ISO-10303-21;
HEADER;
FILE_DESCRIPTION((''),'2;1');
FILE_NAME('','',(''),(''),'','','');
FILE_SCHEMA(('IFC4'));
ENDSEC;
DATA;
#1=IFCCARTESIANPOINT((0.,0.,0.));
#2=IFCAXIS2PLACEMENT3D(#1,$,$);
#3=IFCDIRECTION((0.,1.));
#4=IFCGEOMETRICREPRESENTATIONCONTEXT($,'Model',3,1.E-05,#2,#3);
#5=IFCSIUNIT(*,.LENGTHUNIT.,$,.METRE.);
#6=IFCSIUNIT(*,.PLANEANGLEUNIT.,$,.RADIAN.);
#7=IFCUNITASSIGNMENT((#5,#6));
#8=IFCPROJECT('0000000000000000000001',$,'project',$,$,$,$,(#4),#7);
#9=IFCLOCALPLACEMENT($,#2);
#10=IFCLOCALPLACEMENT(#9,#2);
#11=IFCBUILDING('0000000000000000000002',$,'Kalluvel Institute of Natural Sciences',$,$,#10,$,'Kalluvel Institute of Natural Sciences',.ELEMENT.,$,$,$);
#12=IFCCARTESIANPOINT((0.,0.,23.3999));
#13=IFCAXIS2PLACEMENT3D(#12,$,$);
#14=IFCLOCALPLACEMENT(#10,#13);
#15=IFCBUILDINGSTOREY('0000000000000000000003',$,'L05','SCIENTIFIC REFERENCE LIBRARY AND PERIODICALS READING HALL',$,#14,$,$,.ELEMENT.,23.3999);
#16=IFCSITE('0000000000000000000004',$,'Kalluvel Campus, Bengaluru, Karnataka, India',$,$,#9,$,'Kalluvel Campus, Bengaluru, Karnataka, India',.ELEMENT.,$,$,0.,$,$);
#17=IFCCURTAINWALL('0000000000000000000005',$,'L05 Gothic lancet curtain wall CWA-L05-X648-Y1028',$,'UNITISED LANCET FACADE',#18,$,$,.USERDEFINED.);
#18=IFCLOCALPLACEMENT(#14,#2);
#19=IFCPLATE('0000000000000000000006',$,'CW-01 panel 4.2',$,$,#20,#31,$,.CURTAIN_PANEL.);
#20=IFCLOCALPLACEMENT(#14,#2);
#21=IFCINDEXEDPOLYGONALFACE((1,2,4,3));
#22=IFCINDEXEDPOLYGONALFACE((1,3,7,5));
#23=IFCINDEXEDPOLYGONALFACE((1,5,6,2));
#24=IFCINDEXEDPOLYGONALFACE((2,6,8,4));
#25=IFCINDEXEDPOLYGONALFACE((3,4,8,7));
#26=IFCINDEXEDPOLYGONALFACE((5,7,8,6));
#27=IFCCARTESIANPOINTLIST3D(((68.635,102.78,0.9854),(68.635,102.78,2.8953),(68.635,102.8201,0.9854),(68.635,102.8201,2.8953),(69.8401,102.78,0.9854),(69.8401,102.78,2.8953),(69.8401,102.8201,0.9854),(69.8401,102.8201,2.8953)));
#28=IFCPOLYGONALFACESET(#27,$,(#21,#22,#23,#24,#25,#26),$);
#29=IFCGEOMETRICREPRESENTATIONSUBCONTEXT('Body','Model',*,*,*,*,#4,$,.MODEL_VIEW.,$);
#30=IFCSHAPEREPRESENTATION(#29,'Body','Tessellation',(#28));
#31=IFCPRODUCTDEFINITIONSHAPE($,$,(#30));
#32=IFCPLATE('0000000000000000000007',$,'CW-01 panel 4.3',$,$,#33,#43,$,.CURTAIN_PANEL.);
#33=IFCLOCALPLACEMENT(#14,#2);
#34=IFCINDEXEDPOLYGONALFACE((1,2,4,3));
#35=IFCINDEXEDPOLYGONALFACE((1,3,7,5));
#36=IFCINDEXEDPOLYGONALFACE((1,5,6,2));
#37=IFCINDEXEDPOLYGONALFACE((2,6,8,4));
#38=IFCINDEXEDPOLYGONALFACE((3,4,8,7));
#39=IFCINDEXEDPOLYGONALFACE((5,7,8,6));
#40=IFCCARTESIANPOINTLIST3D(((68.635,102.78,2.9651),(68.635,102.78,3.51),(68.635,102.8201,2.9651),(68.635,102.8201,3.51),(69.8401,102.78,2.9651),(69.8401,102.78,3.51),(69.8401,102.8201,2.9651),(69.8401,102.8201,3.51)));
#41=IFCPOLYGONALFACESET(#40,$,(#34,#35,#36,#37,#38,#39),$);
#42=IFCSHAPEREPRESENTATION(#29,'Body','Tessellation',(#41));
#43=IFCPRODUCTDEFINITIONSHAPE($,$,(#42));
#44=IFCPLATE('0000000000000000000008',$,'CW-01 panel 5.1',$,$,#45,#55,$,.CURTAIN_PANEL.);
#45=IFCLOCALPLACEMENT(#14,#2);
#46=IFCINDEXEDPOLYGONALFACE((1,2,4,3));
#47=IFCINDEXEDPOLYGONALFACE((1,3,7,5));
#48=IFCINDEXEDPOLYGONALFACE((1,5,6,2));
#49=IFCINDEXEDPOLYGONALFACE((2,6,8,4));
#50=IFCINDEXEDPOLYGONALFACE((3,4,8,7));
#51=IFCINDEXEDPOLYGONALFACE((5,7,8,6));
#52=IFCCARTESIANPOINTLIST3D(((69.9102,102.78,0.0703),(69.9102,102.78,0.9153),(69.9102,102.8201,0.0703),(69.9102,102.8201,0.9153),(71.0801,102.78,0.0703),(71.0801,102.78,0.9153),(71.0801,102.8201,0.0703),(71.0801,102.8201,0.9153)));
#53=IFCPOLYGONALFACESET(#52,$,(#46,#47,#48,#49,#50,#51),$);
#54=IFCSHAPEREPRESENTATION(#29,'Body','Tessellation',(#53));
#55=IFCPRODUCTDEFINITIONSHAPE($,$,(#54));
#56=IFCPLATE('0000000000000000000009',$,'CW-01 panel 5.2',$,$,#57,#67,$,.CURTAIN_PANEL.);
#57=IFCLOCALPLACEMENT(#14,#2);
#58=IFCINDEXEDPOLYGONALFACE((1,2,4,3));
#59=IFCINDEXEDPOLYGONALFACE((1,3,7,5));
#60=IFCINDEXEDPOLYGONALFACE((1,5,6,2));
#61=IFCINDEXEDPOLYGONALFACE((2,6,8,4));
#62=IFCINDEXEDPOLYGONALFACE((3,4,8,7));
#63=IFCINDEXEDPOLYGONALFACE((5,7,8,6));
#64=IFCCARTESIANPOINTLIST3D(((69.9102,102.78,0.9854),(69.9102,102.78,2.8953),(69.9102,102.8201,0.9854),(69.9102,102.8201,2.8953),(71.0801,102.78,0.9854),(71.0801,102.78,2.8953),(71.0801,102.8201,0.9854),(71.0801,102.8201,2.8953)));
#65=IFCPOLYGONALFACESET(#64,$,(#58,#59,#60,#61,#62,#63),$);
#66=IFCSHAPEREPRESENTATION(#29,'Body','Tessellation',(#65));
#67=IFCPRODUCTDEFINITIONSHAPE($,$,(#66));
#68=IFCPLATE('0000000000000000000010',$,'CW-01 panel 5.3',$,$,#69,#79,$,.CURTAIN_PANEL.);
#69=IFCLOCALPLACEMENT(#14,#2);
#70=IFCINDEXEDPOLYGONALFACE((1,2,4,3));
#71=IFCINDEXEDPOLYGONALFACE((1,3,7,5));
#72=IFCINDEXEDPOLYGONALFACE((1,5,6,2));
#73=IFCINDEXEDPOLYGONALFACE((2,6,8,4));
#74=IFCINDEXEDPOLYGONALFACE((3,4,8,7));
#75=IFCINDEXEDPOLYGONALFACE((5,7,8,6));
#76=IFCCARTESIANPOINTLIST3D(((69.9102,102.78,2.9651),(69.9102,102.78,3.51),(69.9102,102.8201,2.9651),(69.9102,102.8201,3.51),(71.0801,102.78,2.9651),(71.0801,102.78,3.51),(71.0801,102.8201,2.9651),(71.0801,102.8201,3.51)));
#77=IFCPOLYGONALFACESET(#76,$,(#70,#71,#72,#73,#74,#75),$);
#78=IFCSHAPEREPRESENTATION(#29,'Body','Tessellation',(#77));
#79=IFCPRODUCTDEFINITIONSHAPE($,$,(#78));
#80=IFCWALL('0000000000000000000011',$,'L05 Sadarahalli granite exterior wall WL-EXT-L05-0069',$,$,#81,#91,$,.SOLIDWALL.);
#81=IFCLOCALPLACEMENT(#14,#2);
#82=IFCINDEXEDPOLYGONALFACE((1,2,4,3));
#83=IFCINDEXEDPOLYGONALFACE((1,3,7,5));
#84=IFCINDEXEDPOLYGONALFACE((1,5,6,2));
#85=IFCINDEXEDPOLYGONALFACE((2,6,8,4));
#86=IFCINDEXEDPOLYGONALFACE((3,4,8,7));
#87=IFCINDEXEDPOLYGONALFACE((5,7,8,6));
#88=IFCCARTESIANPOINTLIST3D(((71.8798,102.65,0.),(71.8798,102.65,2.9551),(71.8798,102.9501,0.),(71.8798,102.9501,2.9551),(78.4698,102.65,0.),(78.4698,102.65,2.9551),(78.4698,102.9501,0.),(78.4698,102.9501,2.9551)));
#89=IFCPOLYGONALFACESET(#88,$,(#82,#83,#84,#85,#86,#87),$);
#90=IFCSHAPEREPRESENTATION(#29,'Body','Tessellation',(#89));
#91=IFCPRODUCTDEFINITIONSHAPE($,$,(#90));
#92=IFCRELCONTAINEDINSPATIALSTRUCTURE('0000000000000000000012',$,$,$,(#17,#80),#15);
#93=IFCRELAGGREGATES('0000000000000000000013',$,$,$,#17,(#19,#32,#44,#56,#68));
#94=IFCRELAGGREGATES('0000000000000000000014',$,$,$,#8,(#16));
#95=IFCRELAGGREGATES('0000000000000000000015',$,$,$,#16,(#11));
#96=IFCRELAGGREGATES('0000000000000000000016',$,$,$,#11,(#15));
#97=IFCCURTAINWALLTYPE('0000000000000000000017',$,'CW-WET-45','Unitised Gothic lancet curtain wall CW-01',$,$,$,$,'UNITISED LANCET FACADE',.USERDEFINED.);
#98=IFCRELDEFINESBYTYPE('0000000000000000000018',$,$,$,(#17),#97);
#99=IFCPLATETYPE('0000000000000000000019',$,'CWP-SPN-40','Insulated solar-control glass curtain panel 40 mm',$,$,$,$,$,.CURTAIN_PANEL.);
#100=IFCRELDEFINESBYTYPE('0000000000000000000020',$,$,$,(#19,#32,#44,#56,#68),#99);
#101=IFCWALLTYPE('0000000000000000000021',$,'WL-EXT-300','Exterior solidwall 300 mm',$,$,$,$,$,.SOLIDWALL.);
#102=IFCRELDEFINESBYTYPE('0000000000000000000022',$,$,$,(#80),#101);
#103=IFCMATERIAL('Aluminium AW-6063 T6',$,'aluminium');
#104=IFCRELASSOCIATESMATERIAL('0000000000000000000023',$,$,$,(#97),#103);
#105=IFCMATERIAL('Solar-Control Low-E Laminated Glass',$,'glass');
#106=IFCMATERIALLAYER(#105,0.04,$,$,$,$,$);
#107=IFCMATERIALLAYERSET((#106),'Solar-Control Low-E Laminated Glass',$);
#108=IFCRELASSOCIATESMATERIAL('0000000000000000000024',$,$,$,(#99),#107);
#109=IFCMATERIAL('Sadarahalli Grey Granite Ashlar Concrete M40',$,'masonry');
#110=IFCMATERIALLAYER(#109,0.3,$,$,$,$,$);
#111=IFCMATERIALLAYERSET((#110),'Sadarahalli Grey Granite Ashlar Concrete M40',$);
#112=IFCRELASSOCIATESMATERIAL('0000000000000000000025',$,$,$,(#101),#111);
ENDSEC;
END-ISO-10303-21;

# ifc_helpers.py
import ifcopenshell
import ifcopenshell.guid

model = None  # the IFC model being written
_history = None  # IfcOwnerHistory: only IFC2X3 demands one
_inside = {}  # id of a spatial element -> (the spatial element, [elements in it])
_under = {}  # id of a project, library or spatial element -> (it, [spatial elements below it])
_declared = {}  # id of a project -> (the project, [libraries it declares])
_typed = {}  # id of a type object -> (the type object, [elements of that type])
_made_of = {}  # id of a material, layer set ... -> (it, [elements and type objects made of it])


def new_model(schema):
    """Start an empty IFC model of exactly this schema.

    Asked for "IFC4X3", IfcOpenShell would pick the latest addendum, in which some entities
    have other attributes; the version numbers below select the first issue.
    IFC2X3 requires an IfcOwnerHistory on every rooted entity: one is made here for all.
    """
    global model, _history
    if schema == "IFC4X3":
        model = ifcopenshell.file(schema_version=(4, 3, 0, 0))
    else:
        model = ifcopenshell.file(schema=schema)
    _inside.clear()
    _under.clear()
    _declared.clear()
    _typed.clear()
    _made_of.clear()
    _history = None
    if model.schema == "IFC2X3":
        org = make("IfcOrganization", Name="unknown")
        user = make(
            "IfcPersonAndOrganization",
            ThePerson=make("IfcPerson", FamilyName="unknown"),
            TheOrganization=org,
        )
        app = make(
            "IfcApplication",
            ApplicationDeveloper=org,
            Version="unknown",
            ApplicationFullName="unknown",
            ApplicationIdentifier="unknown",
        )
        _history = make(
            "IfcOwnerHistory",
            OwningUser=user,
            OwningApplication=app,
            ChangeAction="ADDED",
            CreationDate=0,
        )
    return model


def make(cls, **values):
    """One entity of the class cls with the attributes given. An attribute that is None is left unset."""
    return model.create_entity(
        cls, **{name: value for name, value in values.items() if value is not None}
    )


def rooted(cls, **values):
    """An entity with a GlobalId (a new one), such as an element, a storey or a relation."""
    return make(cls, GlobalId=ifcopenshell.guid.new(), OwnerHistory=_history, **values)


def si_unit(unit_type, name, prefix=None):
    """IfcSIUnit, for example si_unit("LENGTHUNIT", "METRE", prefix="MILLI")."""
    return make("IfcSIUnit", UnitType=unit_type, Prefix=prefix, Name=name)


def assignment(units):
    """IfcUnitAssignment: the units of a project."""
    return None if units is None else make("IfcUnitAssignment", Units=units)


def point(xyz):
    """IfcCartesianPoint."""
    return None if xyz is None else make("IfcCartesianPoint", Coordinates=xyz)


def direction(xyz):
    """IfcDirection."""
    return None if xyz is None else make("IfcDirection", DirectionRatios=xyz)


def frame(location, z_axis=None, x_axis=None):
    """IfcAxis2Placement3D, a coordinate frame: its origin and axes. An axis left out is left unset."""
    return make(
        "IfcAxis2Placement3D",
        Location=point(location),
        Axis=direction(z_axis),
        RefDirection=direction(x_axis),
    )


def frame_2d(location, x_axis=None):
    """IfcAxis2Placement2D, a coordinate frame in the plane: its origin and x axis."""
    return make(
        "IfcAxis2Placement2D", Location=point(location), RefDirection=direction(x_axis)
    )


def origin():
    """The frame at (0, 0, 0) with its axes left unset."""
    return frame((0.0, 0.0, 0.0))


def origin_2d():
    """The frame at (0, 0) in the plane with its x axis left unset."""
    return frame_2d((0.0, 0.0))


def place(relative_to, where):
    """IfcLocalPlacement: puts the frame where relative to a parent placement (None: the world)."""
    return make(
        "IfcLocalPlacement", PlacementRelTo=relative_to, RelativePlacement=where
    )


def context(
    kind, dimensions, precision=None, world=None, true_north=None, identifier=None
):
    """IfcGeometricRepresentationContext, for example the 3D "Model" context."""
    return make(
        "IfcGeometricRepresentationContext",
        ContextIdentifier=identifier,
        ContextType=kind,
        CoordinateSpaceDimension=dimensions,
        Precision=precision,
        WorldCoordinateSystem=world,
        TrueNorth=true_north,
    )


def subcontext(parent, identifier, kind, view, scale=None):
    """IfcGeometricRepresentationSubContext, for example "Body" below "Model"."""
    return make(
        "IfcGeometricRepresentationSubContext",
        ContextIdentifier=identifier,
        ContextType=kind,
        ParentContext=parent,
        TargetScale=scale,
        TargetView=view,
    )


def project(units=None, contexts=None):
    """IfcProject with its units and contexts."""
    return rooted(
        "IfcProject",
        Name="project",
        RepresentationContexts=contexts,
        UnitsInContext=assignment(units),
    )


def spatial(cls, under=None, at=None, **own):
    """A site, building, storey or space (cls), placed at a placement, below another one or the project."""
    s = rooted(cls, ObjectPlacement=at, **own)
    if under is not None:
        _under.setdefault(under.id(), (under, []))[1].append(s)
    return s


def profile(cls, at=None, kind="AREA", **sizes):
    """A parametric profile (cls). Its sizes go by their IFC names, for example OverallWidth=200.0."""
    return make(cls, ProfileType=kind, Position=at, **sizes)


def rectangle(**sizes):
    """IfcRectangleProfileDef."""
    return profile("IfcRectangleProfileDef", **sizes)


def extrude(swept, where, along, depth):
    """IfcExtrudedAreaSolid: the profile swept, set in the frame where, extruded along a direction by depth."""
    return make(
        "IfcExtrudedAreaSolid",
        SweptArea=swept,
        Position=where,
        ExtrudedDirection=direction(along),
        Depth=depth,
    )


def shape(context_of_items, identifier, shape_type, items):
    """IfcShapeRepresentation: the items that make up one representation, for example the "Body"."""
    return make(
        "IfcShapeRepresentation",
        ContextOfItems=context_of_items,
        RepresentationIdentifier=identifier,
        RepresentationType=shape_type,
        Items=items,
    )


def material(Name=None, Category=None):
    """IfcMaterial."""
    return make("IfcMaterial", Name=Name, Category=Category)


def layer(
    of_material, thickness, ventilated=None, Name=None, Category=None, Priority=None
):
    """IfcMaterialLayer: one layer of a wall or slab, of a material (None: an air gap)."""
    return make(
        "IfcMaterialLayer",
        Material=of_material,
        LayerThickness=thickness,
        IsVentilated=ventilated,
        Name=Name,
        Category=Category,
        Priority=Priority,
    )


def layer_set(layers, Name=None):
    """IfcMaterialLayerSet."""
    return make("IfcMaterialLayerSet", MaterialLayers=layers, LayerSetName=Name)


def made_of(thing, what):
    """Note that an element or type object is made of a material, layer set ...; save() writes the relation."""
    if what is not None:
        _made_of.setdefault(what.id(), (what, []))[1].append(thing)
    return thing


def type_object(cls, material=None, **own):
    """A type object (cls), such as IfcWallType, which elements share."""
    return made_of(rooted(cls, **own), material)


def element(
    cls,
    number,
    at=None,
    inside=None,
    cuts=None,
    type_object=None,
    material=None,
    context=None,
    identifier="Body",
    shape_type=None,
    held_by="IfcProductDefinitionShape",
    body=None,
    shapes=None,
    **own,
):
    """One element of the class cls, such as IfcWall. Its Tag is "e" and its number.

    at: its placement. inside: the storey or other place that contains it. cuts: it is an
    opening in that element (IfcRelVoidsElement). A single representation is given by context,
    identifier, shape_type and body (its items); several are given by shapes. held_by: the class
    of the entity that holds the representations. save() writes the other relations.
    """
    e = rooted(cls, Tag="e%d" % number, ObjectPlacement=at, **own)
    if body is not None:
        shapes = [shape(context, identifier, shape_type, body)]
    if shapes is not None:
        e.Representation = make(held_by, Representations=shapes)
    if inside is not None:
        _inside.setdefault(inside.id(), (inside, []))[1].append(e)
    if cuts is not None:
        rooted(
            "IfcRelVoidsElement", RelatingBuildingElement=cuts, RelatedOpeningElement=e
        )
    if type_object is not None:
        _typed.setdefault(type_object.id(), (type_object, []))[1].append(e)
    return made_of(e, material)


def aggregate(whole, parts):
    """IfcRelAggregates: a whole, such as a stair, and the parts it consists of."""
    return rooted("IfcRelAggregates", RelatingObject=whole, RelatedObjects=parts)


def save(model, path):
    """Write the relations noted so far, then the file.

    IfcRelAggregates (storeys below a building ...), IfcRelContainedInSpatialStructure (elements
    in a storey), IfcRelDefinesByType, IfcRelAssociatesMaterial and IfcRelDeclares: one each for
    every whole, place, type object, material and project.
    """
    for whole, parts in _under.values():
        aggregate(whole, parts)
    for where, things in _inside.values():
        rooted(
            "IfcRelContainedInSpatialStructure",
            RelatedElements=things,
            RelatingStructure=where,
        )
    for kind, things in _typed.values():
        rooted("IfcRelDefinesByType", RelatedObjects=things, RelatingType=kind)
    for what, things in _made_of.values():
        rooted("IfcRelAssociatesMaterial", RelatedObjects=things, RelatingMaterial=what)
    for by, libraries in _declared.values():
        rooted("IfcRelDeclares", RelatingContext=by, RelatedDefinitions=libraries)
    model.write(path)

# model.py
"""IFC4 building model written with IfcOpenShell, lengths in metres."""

from ifc_helpers import new_model, si_unit, direction, frame, frame_2d, origin, origin_2d, place, context, subcontext, project, spatial, rectangle, extrude, material, layer, layer_set, type_object, element, aggregate, save


model = new_model("IFC4")

# Units and contexts
model_context = context("Model", 3, precision=1e-05, world=origin(), true_north=direction((0.0, 1.0)))
body_context = subcontext(model_context, "Body", "Model", "MODEL_VIEW")
ifc_project = project(units=[si_unit("LENGTHUNIT", "METRE"), si_unit("PLANEANGLEUNIT", "RADIAN")], contexts=[model_context])

# Site, building, storey
site_placement = place(None, origin())
site = spatial("IfcSite", under=ifc_project, at=site_placement, Name="Kalluvel Campus, Bengaluru, Karnataka, India", LongName="Kalluvel Campus, Bengaluru, Karnataka, India", CompositionType="ELEMENT", RefElevation=0.0)
building_placement = place(site_placement, origin())
building = spatial("IfcBuilding", under=site, at=building_placement, Name="Kalluvel Institute of Natural Sciences", LongName="Kalluvel Institute of Natural Sciences", CompositionType="ELEMENT")
storey_placement = place(building_placement, frame((0.0, 0.0, 23.3999)))
storey = spatial("IfcBuildingStorey", under=building, at=storey_placement, Name="L05", Description="SCIENTIFIC REFERENCE LIBRARY AND PERIODICALS READING HALL", CompositionType="ELEMENT", Elevation=23.3999)

# Curtain wall
ifc_material_1 = material(Name="Aluminium AW-6063 T6", Category="aluminium")
curtain_wall_type = type_object("IfcCurtainWallType", Name="CW-WET-45", Description="Unitised Gothic lancet curtain wall CW-01", ElementType="UNITISED LANCET FACADE", PredefinedType="USERDEFINED", material=ifc_material_1)
curtain_wall_1_placement = place(storey_placement, origin())
curtain_wall_1 = element("IfcCurtainWall", 1, at=curtain_wall_1_placement, inside=storey, type_object=curtain_wall_type, Name="L05 Gothic lancet curtain wall CWA-L05-X648-Y1028", ObjectType="UNITISED LANCET FACADE", PredefinedType="USERDEFINED")

# Plates
ifc_material_2 = material(Name="Solar-Control Low-E Laminated Glass", Category="glass")
ifc_layer_1 = layer(ifc_material_2, 0.04)
ifc_layer_set_1 = layer_set([ifc_layer_1], Name="Solar-Control Low-E Laminated Glass")
plate_type = type_object("IfcPlateType", Name="CWP-SPN-40", Description="Insulated solar-control glass curtain panel 40 mm", PredefinedType="CURTAIN_PANEL", material=ifc_layer_set_1)
plate_1_placement = place(storey_placement, frame((69.2375, 102.8, 0.9854), z_axis=(0.0, 0.0, 1.0), x_axis=(1.0, 0.0, 0.0)))
plate_1 = element("IfcPlate", 2, at=plate_1_placement, type_object=plate_type, Name="CW-01 panel 4.2", PredefinedType="CURTAIN_PANEL", context=body_context, shape_type="SweptSolid", body=[
    extrude(rectangle(XDim=1.2051, YDim=0.04, at=origin_2d()), origin(), (0.0, 0.0, 1.0), 1.9099),
])
plate_2_placement = place(storey_placement, frame((69.2375, 102.8, 2.9651), z_axis=(0.0, 0.0, 1.0), x_axis=(1.0, 0.0, 0.0)))
plate_2 = element("IfcPlate", 3, at=plate_2_placement, type_object=plate_type, Name="CW-01 panel 4.3", PredefinedType="CURTAIN_PANEL", context=body_context, shape_type="SweptSolid", body=[
    extrude(rectangle(XDim=1.2051, YDim=0.04, at=origin_2d()), origin(), (0.0, 0.0, 1.0), 0.5449),
])
plate_3_placement = place(storey_placement, frame((70.4951, 102.8, 0.0703), z_axis=(0.0, 0.0, 1.0), x_axis=(1.0, 0.0, 0.0)))
plate_3 = element("IfcPlate", 4, at=plate_3_placement, type_object=plate_type, Name="CW-01 panel 5.1", PredefinedType="CURTAIN_PANEL", context=body_context, shape_type="SweptSolid", body=[
    extrude(rectangle(XDim=1.1699, YDim=0.04, at=origin_2d()), origin(), (0.0, 0.0, 1.0), 0.845),
])
plate_4_placement = place(storey_placement, frame((70.4951, 102.8, 0.9854), z_axis=(0.0, 0.0, 1.0), x_axis=(1.0, 0.0, 0.0)))
plate_4 = element("IfcPlate", 5, at=plate_4_placement, type_object=plate_type, Name="CW-01 panel 5.2", PredefinedType="CURTAIN_PANEL", context=body_context, shape_type="SweptSolid", body=[
    extrude(rectangle(XDim=1.1699, YDim=0.04, at=origin_2d()), origin(), (0.0, 0.0, 1.0), 1.9099),
])
plate_5_placement = place(storey_placement, frame((70.4951, 102.8, 2.9651), z_axis=(0.0, 0.0, 1.0), x_axis=(1.0, 0.0, 0.0)))
plate_5 = element("IfcPlate", 6, at=plate_5_placement, type_object=plate_type, Name="CW-01 panel 5.3", PredefinedType="CURTAIN_PANEL", context=body_context, shape_type="SweptSolid", body=[
    extrude(rectangle(XDim=1.1699, YDim=0.04, at=origin_2d()), origin(), (0.0, 0.0, 1.0), 0.5449),
])
aggregate(curtain_wall_1, [plate_1, plate_2, plate_3, plate_4, plate_5])

# Wall
ifc_material_3 = material(Name="Sadarahalli Grey Granite Ashlar Concrete M40", Category="masonry")
ifc_layer_2 = layer(ifc_material_3, 0.3)
ifc_layer_set_2 = layer_set([ifc_layer_2], Name="Sadarahalli Grey Granite Ashlar Concrete M40")
wall_type = type_object("IfcWallType", Name="WL-EXT-300", Description="Exterior solidwall 300 mm", PredefinedType="SOLIDWALL", material=ifc_layer_set_2)
wall_placement = place(storey_placement, frame((71.8799, 102.8, 0.0), z_axis=(0.0, 0.0, 1.0), x_axis=(1.0, 0.0, 0.0)))
element("IfcWall", 7, at=wall_placement, inside=storey, type_object=wall_type, Name="L05 Sadarahalli granite exterior wall WL-EXT-L05-0069", PredefinedType="SOLIDWALL", context=body_context, shape_type="SweptSolid", body=[
    extrude(rectangle(XDim=6.5901, YDim=0.3, at=frame_2d((3.2949, 0.0))), origin(), (0.0, 0.0, 1.0), 2.9551),
])

save(model, "model.ifc")
